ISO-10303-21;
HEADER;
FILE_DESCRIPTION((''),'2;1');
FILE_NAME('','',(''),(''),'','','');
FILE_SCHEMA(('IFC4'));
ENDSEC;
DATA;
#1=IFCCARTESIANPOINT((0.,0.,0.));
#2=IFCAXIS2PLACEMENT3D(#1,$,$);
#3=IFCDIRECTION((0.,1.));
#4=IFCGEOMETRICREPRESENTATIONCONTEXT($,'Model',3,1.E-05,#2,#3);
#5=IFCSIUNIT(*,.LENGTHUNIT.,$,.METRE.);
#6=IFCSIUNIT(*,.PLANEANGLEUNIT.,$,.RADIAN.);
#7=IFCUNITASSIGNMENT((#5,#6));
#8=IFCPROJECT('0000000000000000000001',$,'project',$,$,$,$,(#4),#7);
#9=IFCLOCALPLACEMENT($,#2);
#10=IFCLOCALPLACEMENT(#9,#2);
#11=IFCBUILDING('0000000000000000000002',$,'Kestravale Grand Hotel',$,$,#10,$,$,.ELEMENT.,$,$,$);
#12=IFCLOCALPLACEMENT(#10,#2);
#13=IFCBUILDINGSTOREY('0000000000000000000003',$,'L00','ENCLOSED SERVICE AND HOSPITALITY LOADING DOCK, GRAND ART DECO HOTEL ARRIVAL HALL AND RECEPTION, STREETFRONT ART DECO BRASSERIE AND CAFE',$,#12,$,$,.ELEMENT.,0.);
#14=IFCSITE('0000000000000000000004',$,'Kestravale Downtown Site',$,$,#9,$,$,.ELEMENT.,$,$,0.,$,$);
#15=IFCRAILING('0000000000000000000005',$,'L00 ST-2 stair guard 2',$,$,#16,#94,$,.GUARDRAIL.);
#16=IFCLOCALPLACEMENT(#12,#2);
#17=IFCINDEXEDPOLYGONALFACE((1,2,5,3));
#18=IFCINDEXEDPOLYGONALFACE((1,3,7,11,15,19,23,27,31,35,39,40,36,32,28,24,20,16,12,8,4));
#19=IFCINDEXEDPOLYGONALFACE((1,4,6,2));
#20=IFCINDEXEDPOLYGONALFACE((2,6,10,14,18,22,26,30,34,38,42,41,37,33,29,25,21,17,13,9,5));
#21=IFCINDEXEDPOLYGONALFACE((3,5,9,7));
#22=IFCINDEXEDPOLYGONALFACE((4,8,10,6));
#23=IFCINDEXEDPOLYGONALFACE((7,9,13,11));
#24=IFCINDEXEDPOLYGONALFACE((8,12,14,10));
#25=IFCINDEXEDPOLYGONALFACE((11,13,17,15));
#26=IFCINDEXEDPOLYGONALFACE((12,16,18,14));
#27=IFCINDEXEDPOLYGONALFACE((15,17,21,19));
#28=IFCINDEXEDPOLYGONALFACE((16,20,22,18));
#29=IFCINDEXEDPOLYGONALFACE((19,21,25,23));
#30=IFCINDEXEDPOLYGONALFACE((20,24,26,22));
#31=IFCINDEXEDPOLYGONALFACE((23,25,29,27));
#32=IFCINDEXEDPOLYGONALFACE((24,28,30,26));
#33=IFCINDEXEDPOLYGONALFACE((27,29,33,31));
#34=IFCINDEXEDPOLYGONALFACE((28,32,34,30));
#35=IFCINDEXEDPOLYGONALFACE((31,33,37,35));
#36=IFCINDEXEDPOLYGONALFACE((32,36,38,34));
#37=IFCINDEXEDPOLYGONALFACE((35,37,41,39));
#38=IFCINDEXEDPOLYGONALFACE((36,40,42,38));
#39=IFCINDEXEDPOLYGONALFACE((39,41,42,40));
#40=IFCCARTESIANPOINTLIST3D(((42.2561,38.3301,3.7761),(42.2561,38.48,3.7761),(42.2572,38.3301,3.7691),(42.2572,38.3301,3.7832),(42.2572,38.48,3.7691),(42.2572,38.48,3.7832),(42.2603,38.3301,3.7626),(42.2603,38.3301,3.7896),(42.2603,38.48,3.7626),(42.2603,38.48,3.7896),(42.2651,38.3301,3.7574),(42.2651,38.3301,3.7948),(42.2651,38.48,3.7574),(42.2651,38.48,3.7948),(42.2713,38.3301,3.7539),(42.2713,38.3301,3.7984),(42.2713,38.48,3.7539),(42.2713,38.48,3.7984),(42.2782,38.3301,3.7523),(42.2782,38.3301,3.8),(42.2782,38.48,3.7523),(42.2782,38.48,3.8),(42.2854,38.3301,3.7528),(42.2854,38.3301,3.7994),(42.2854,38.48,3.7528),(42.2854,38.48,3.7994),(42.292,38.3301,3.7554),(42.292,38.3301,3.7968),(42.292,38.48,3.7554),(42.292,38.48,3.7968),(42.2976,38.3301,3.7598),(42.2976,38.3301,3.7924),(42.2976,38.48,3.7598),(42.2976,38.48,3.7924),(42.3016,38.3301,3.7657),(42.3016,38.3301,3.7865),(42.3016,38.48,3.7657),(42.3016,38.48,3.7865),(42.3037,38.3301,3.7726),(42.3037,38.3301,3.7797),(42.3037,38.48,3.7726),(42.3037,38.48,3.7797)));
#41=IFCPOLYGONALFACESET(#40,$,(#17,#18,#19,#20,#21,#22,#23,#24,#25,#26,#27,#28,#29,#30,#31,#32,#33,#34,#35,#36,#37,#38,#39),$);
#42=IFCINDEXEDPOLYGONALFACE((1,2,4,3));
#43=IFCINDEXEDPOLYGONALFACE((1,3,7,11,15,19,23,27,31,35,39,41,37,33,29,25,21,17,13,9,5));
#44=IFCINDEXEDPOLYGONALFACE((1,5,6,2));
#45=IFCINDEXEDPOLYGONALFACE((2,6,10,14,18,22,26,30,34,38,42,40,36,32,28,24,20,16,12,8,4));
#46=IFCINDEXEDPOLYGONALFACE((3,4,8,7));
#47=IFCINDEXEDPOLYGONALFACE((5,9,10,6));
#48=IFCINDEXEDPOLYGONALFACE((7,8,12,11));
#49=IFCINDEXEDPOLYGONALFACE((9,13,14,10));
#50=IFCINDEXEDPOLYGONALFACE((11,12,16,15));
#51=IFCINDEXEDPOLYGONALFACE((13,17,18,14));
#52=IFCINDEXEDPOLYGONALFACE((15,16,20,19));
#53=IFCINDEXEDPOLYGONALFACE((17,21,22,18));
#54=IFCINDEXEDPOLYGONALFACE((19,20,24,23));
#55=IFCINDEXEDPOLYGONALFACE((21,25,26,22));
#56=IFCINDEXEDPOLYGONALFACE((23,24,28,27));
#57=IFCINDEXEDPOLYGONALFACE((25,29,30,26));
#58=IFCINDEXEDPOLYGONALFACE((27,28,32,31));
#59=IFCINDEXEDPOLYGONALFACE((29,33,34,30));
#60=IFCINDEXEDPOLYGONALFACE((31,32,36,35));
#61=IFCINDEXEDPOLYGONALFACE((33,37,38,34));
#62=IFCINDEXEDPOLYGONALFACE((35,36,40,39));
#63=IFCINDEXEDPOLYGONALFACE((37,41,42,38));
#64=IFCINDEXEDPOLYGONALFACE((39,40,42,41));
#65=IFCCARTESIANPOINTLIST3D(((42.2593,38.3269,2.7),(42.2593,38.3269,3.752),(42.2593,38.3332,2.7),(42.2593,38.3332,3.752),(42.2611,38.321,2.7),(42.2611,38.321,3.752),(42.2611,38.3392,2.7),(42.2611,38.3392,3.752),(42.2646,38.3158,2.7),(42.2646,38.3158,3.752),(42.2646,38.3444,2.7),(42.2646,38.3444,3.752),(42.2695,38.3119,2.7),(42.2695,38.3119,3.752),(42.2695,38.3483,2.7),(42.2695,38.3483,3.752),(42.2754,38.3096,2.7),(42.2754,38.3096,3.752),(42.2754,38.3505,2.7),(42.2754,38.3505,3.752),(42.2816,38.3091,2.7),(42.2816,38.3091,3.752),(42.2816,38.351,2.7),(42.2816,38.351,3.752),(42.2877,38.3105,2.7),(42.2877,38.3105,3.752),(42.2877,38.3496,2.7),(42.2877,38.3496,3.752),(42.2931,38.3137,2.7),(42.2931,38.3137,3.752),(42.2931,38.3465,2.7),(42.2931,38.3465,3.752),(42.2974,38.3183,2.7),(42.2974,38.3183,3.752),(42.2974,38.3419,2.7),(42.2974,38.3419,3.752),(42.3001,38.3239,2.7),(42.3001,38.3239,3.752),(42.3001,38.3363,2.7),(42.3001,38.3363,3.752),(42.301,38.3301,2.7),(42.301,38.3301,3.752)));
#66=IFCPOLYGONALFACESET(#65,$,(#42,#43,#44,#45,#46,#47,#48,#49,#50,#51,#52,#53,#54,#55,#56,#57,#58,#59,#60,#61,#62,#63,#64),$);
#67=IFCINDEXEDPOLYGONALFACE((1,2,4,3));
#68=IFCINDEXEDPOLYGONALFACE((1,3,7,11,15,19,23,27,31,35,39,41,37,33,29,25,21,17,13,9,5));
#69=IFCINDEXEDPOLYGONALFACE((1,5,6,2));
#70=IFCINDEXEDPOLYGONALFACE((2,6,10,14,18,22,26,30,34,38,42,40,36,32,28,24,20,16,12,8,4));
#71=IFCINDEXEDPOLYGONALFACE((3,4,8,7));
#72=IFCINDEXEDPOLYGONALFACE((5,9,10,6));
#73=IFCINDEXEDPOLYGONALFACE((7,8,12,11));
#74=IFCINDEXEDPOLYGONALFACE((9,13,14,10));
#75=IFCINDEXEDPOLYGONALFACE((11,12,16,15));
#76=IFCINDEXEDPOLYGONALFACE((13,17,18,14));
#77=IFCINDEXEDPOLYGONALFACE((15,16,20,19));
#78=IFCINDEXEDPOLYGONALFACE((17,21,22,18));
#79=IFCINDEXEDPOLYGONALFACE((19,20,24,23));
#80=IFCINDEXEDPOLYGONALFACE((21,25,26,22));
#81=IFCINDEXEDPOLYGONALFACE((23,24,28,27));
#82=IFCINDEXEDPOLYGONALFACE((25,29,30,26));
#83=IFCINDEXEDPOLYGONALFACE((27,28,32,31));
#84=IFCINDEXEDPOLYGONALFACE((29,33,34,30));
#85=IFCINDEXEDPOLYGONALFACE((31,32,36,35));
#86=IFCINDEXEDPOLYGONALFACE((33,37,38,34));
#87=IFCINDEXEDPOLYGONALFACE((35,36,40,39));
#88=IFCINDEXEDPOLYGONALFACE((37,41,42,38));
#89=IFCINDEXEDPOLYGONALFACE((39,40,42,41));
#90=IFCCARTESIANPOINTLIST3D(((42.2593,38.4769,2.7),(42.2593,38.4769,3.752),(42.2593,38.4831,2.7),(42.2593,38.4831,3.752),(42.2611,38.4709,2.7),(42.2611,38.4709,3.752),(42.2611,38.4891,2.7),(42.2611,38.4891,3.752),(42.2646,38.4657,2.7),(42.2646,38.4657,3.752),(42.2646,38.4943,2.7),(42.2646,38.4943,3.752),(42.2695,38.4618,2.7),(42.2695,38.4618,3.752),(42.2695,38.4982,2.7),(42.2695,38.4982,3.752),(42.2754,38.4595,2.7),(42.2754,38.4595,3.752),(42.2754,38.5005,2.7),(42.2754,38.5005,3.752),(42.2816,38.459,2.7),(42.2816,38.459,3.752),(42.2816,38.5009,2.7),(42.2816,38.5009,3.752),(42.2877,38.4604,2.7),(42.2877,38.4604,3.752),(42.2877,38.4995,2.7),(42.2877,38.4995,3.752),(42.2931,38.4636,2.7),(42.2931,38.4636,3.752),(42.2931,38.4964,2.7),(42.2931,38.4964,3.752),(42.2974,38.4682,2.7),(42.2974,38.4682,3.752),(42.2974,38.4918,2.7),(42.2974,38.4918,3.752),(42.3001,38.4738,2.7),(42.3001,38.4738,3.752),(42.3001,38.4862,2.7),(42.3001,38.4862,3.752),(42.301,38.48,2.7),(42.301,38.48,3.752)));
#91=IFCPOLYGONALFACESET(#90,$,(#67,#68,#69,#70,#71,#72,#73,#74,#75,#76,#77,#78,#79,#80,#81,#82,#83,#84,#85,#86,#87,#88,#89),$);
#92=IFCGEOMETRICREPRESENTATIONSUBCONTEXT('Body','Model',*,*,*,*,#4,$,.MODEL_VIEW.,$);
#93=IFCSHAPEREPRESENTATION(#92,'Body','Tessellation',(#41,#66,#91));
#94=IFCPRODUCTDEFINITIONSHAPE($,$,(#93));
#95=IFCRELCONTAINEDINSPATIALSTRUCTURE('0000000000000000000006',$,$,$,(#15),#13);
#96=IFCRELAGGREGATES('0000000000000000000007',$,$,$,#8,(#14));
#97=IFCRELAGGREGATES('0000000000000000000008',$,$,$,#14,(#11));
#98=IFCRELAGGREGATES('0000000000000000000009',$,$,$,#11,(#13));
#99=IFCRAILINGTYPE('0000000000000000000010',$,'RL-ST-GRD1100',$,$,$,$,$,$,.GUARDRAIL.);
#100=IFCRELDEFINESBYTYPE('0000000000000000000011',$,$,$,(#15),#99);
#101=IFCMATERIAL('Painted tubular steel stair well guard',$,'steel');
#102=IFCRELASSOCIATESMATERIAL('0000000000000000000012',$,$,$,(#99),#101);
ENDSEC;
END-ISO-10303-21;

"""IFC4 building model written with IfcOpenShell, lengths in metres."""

from ifc_helpers import new_model, si_unit, direction, frame, origin, origin_2d, place, context, subcontext, project, spatial, circle, extrude, material, type_object, element, save


model = new_model("IFC4")

# Units and contexts
model_context = context("Model", 3, precision=1e-05, world=origin(), true_north=direction((0.0, 1.0)))
body_context = subcontext(model_context, "Body", "Model", "MODEL_VIEW")
ifc_project = project(units=[si_unit("LENGTHUNIT", "METRE"), si_unit("PLANEANGLEUNIT", "RADIAN")], contexts=[model_context])

# Site, building, storey
site_placement = place(None, origin())
site = spatial("IfcSite", under=ifc_project, at=site_placement, Name="Kestravale Downtown Site", CompositionType="ELEMENT", RefElevation=0.0)
building_placement = place(site_placement, origin())
building = spatial("IfcBuilding", under=site, at=building_placement, Name="Kestravale Grand Hotel", CompositionType="ELEMENT")
storey_placement = place(building_placement, origin())
storey = spatial("IfcBuildingStorey", under=building, at=storey_placement, Name="L00", Description="ENCLOSED SERVICE AND HOSPITALITY LOADING DOCK, GRAND ART DECO HOTEL ARRIVAL HALL AND RECEPTION, STREETFRONT ART DECO BRASSERIE AND CAFE", CompositionType="ELEMENT", Elevation=0.0)

# Railing
ifc_material_1 = material(Name="Painted tubular steel stair well guard", Category="steel")
railing_type_1 = type_object("IfcRailingType", Name="RL-ST-GRD1100", PredefinedType="GUARDRAIL", material=ifc_material_1)
railing_1_placement = place(storey_placement, frame((42.28, 38.3301, 2.7)))
element("IfcRailing", 1, at=railing_1_placement, inside=storey, type_object=railing_type_1, Name="L00 ST-2 stair guard 2", PredefinedType="GUARDRAIL", context=body_context, shape_type="SweptSolid", body=[
    extrude(circle(Radius=0.0239, at=origin_2d()), frame((0.0, 0.0, 1.0762), z_axis=(0.0, 1.0, 0.0), x_axis=(-1.0, 0.0, 0.0)), (0.0, 0.0, 1.0), 0.1499),
    extrude(circle(Radius=0.021, at=origin_2d()), origin(), (0.0, 0.0, 1.0), 1.052),
    extrude(circle(Radius=0.021, at=origin_2d()), frame((0.0, 0.1499, 0.0)), (0.0, 0.0, 1.0), 1.052),
])

save(model, "model.ifc")
